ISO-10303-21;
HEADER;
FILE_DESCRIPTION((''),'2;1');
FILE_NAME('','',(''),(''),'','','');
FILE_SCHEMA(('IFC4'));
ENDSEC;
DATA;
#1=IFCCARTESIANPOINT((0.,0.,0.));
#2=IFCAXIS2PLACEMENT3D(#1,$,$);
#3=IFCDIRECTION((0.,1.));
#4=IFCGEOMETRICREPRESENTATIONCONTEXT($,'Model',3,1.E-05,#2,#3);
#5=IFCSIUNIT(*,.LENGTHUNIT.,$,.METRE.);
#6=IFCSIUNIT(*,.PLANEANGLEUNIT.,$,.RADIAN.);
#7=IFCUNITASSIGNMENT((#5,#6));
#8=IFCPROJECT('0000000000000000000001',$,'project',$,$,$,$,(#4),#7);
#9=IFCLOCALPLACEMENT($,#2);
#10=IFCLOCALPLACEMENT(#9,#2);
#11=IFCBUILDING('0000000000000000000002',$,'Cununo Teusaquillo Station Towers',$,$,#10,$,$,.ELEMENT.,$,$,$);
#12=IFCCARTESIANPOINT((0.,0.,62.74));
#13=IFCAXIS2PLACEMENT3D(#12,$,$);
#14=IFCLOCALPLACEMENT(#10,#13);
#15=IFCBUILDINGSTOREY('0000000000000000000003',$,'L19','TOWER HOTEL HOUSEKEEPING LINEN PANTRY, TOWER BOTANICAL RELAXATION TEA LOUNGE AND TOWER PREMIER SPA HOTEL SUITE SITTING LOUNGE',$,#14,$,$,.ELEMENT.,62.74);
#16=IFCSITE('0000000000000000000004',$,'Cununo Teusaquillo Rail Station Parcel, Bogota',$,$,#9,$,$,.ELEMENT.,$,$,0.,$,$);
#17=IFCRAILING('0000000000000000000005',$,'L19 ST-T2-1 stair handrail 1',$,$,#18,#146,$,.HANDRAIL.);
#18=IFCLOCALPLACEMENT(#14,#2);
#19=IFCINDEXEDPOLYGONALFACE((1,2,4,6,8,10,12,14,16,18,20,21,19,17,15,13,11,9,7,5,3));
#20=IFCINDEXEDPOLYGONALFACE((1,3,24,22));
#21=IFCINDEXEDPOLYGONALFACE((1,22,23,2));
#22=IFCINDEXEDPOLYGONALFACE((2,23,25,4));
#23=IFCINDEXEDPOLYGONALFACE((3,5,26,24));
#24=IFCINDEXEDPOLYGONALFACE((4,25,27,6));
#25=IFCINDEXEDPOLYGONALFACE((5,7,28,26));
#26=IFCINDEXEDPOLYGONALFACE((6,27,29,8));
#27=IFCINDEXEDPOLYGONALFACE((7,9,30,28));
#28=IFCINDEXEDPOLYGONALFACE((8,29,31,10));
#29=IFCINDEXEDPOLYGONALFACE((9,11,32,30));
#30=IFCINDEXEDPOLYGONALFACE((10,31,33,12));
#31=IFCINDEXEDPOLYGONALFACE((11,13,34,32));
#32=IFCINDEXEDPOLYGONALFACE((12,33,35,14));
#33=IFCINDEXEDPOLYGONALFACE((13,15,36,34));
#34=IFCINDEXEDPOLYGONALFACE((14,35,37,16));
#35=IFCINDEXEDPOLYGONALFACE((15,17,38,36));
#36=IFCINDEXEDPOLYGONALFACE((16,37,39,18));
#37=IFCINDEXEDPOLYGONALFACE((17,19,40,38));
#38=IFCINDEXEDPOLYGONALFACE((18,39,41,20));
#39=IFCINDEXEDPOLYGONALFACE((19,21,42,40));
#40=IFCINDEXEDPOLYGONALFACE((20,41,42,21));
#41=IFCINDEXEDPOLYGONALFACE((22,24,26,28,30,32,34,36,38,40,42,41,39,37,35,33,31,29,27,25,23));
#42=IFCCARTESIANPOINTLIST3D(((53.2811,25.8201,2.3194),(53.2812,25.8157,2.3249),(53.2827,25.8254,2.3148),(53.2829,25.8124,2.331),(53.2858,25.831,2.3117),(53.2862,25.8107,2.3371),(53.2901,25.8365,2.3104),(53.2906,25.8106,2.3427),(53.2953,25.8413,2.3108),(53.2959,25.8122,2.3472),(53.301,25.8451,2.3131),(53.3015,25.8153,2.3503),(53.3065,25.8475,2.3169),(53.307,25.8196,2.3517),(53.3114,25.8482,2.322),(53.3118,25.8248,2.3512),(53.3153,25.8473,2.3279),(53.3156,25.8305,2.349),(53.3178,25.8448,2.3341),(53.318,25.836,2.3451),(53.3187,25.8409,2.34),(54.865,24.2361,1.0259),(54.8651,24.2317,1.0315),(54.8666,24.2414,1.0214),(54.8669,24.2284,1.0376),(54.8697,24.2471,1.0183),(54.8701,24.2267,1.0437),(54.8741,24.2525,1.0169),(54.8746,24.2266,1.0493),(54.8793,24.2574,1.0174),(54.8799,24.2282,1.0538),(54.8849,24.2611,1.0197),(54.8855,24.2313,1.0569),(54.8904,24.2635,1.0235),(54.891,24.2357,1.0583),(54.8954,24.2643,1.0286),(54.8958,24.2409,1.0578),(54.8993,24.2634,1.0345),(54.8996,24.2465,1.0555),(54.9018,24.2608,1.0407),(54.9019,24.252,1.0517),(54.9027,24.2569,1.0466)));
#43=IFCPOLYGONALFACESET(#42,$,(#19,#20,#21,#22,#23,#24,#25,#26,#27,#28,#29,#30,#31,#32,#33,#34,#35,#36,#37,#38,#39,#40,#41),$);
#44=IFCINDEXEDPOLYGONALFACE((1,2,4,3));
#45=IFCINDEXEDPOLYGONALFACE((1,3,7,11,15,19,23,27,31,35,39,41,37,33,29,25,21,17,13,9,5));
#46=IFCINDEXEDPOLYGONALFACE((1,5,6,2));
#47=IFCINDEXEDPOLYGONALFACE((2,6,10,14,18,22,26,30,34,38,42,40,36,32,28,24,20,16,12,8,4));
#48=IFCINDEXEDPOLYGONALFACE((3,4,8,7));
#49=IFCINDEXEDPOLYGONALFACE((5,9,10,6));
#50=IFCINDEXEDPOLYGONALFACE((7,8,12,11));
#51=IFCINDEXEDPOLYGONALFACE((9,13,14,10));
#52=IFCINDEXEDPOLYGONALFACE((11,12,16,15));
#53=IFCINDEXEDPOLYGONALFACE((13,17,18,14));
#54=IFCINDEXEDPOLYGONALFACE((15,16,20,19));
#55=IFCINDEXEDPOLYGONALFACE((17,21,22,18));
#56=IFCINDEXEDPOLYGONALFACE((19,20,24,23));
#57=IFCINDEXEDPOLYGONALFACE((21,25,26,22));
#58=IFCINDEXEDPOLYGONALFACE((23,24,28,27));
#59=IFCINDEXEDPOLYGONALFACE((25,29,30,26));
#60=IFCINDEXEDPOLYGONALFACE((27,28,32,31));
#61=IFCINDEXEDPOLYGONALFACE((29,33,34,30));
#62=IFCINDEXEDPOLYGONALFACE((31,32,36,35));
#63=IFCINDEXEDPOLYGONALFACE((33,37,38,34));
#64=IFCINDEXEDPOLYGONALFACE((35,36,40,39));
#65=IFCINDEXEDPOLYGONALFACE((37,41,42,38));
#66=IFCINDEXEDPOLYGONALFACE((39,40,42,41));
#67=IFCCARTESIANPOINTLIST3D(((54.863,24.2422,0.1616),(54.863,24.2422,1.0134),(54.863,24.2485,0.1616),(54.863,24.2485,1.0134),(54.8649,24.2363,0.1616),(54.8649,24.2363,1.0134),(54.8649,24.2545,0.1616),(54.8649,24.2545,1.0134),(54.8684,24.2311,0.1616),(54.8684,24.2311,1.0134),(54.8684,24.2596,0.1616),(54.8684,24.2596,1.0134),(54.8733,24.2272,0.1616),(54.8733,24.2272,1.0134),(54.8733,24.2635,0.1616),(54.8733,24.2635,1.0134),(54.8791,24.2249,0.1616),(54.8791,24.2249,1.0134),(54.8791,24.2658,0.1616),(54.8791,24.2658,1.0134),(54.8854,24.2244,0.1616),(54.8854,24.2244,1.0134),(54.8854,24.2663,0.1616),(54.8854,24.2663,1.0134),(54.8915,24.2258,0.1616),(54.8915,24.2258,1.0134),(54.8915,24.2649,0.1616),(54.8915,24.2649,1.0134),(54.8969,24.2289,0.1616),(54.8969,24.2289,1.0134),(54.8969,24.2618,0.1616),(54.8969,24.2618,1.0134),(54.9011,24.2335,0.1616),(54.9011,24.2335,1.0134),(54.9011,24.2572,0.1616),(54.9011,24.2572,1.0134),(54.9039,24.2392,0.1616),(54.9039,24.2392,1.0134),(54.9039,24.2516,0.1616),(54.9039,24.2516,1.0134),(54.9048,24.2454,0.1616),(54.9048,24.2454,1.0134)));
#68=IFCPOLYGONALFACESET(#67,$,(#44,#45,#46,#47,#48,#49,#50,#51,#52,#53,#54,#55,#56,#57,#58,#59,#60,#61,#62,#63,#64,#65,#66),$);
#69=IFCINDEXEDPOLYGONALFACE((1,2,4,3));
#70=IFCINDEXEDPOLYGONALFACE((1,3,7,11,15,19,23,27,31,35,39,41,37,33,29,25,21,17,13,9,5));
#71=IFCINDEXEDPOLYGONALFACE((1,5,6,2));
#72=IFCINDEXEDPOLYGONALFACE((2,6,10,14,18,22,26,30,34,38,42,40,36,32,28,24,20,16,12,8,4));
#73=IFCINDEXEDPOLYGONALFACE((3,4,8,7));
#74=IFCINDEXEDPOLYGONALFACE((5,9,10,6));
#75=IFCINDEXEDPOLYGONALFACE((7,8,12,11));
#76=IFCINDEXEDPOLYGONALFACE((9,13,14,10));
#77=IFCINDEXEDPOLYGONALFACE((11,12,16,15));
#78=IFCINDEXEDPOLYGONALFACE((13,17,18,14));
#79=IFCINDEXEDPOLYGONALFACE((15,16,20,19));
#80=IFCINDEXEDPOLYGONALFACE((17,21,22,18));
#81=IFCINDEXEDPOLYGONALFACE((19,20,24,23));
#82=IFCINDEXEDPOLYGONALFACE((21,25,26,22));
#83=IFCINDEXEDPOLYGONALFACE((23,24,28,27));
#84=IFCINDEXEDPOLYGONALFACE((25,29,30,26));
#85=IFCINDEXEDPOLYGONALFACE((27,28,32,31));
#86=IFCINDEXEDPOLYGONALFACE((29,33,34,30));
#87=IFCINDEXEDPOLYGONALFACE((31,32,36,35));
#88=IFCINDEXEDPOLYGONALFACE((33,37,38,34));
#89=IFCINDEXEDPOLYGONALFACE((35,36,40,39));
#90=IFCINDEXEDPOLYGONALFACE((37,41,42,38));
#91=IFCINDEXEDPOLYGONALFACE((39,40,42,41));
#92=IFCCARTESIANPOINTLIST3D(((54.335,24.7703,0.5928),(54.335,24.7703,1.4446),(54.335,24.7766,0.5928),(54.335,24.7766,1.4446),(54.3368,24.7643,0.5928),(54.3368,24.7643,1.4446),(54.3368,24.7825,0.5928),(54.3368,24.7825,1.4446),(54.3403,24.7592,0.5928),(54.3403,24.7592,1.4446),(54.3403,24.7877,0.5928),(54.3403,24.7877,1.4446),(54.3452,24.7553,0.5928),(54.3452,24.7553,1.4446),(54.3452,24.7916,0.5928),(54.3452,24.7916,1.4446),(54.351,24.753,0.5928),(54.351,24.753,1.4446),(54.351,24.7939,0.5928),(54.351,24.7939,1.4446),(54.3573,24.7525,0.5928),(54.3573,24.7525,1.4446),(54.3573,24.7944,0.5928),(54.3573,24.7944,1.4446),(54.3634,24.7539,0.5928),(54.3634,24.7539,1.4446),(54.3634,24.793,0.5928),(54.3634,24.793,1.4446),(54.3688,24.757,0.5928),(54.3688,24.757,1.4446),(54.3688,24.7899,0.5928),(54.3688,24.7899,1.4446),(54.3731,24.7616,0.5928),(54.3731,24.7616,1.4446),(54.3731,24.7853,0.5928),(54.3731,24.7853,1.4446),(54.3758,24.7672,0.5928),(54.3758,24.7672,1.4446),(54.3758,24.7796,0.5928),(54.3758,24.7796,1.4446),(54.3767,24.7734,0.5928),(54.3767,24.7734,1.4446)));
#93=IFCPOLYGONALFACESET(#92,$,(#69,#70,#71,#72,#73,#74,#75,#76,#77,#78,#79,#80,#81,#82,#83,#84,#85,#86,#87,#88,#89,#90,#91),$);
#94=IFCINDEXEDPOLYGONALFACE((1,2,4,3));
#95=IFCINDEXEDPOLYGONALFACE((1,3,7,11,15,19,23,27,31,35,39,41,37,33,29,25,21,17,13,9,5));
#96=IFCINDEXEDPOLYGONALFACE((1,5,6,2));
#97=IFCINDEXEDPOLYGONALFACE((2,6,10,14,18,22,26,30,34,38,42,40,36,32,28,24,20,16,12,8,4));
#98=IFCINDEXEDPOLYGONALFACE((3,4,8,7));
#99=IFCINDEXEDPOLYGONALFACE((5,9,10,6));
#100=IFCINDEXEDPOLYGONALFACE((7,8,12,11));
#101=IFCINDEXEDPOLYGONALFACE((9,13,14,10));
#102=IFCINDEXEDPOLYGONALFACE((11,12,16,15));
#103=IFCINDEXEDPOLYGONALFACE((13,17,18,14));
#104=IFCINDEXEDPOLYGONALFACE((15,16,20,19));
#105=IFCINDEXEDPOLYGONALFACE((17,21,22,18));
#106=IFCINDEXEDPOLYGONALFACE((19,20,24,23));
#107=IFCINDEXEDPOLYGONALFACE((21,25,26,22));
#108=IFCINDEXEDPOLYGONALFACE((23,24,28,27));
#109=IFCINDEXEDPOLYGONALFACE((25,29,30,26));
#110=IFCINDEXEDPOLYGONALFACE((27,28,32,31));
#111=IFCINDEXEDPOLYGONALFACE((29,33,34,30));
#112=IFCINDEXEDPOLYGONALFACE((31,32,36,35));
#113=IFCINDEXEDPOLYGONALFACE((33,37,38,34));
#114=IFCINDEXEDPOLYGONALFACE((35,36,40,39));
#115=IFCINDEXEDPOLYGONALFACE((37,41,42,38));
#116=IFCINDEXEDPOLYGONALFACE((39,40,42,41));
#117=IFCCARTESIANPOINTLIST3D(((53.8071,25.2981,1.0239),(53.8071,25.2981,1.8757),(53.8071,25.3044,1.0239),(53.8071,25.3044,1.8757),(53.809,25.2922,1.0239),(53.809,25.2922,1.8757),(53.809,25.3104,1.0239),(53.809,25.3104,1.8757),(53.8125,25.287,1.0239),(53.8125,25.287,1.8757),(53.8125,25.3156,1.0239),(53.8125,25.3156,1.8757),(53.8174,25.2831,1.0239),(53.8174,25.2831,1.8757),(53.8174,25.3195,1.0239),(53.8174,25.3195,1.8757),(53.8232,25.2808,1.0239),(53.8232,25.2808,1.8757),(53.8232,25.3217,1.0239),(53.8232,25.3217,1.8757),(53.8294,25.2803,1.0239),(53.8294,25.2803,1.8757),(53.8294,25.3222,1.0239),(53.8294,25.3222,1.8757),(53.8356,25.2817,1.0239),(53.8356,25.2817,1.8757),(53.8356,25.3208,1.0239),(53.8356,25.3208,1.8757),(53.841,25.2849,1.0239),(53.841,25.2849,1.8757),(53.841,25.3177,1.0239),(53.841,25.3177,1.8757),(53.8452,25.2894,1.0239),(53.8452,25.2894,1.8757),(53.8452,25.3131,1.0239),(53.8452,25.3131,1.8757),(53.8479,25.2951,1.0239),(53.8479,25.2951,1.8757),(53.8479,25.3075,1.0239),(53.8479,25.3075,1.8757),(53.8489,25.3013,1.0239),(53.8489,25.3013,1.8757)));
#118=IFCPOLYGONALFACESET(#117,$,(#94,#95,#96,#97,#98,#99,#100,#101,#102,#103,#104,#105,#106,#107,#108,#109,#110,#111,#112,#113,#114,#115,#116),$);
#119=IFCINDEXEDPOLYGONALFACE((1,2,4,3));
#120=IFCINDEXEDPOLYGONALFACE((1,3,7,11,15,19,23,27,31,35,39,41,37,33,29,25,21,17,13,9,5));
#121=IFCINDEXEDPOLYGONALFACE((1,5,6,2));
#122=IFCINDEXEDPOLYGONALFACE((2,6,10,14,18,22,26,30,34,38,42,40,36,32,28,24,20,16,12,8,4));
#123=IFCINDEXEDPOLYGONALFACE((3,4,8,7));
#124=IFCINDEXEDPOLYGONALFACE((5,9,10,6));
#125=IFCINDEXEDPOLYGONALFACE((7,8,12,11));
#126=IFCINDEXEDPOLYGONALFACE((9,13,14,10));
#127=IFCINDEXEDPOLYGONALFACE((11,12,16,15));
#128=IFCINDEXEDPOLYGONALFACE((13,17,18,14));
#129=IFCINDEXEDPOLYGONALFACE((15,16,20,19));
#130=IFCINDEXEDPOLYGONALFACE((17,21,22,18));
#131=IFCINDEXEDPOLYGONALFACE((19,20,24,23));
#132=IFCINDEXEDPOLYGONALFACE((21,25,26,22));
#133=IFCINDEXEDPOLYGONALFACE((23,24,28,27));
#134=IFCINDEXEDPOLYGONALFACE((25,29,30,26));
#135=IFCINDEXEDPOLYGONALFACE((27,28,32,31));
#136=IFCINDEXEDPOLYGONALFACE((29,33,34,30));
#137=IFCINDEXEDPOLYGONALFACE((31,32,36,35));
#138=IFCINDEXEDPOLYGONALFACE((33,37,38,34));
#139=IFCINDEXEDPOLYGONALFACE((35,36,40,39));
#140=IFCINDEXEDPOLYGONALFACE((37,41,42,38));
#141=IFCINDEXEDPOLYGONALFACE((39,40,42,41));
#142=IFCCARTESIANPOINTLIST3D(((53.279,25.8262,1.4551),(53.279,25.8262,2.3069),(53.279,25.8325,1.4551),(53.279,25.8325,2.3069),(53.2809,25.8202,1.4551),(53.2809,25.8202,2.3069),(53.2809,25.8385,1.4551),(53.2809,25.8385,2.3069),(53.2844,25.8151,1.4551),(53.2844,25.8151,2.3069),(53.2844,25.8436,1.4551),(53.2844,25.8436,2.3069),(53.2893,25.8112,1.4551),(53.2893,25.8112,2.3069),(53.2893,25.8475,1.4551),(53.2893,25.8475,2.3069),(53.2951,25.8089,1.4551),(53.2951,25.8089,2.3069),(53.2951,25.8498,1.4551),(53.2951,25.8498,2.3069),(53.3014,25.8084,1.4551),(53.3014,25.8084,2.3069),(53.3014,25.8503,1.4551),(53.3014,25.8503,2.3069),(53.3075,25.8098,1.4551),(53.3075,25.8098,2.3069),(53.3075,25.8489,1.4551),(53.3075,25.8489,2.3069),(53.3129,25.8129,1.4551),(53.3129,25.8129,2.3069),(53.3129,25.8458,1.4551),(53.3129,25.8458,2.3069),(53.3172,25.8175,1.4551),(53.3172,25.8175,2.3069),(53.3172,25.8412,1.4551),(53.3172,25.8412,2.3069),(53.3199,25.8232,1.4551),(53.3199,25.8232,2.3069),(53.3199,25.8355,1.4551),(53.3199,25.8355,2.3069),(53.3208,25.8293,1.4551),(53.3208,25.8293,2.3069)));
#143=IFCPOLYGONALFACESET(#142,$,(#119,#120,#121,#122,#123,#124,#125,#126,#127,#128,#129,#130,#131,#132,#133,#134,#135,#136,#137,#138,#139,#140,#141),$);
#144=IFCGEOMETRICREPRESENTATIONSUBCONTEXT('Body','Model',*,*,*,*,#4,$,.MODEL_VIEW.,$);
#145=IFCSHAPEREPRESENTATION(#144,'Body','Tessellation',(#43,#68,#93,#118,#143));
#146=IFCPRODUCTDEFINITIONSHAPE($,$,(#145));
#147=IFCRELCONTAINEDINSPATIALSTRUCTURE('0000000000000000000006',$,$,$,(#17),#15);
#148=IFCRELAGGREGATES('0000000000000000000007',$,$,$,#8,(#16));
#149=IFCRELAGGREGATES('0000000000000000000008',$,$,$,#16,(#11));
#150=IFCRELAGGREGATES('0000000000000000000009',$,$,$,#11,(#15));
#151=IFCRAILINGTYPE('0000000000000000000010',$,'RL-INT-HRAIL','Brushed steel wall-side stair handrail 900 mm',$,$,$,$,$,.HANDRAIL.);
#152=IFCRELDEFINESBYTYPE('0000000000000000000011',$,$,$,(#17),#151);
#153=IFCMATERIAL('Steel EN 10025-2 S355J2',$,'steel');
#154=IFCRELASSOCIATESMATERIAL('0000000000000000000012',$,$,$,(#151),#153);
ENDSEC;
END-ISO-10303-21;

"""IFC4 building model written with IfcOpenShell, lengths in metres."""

from ifc_helpers import new_model, si_unit, direction, frame, origin, origin_2d, place, context, subcontext, project, spatial, circle, extrude, material, type_object, element, save


model = new_model("IFC4")

# Units and contexts
model_context = context("Model", 3, precision=1e-05, world=origin(), true_north=direction((0.0, 1.0)))
body_context = subcontext(model_context, "Body", "Model", "MODEL_VIEW")
ifc_project = project(units=[si_unit("LENGTHUNIT", "METRE"), si_unit("PLANEANGLEUNIT", "RADIAN")], contexts=[model_context])

# Site, building, storey
site_placement = place(None, origin())
site = spatial("IfcSite", under=ifc_project, at=site_placement, Name="Cununo Teusaquillo Rail Station Parcel, Bogota", CompositionType="ELEMENT", RefElevation=0.0)
building_placement = place(site_placement, origin())
building = spatial("IfcBuilding", under=site, at=building_placement, Name="Cununo Teusaquillo Station Towers", CompositionType="ELEMENT")
storey_placement = place(building_placement, frame((0.0, 0.0, 62.74)))
storey = spatial("IfcBuildingStorey", under=building, at=storey_placement, Name="L19", Description="TOWER HOTEL HOUSEKEEPING LINEN PANTRY, TOWER BOTANICAL RELAXATION TEA LOUNGE AND TOWER PREMIER SPA HOTEL SUITE SITTING LOUNGE", CompositionType="ELEMENT", Elevation=62.74)

# Railing
ifc_material_1 = material(Name="Steel EN 10025-2 S355J2", Category="steel")
railing_type_1 = type_object("IfcRailingType", Name="RL-INT-HRAIL", Description="Brushed steel wall-side stair handrail 900 mm", PredefinedType="HANDRAIL", material=ifc_material_1)
railing_1_placement = place(storey_placement, frame((54.8838, 24.2454, 0.1616)))
element("IfcRailing", 1, at=railing_1_placement, inside=storey, type_object=railing_type_1, Name="L19 ST-T2-1 stair handrail 1", PredefinedType="HANDRAIL", context=body_context, shape_type="SweptSolid", body=[
    extrude(circle(Radius=0.0239, at=origin_2d()), frame((0.0, 0.0, 0.876), z_axis=(-0.612356, 0.612356, 0.50004), x_axis=(-0.707107, -0.707107, 0.0)), (0.0, 0.0, 1.0), 2.5867),
    extrude(circle(Radius=0.021, at=origin_2d()), origin(), (0.0, 0.0, 1.0), 0.8518),
    extrude(circle(Radius=0.021, at=origin_2d()), frame((-0.5281, 0.5281, 0.4312)), (0.0, 0.0, 1.0), 0.8518),
    extrude(circle(Radius=0.021, at=origin_2d()), frame((-1.0559, 1.0559, 0.8623)), (0.0, 0.0, 1.0), 0.8518),
    extrude(circle(Radius=0.021, at=origin_2d()), frame((-1.584, 1.584, 1.2935)), (0.0, 0.0, 1.0), 0.8518),
])

save(model, "model.ifc")
